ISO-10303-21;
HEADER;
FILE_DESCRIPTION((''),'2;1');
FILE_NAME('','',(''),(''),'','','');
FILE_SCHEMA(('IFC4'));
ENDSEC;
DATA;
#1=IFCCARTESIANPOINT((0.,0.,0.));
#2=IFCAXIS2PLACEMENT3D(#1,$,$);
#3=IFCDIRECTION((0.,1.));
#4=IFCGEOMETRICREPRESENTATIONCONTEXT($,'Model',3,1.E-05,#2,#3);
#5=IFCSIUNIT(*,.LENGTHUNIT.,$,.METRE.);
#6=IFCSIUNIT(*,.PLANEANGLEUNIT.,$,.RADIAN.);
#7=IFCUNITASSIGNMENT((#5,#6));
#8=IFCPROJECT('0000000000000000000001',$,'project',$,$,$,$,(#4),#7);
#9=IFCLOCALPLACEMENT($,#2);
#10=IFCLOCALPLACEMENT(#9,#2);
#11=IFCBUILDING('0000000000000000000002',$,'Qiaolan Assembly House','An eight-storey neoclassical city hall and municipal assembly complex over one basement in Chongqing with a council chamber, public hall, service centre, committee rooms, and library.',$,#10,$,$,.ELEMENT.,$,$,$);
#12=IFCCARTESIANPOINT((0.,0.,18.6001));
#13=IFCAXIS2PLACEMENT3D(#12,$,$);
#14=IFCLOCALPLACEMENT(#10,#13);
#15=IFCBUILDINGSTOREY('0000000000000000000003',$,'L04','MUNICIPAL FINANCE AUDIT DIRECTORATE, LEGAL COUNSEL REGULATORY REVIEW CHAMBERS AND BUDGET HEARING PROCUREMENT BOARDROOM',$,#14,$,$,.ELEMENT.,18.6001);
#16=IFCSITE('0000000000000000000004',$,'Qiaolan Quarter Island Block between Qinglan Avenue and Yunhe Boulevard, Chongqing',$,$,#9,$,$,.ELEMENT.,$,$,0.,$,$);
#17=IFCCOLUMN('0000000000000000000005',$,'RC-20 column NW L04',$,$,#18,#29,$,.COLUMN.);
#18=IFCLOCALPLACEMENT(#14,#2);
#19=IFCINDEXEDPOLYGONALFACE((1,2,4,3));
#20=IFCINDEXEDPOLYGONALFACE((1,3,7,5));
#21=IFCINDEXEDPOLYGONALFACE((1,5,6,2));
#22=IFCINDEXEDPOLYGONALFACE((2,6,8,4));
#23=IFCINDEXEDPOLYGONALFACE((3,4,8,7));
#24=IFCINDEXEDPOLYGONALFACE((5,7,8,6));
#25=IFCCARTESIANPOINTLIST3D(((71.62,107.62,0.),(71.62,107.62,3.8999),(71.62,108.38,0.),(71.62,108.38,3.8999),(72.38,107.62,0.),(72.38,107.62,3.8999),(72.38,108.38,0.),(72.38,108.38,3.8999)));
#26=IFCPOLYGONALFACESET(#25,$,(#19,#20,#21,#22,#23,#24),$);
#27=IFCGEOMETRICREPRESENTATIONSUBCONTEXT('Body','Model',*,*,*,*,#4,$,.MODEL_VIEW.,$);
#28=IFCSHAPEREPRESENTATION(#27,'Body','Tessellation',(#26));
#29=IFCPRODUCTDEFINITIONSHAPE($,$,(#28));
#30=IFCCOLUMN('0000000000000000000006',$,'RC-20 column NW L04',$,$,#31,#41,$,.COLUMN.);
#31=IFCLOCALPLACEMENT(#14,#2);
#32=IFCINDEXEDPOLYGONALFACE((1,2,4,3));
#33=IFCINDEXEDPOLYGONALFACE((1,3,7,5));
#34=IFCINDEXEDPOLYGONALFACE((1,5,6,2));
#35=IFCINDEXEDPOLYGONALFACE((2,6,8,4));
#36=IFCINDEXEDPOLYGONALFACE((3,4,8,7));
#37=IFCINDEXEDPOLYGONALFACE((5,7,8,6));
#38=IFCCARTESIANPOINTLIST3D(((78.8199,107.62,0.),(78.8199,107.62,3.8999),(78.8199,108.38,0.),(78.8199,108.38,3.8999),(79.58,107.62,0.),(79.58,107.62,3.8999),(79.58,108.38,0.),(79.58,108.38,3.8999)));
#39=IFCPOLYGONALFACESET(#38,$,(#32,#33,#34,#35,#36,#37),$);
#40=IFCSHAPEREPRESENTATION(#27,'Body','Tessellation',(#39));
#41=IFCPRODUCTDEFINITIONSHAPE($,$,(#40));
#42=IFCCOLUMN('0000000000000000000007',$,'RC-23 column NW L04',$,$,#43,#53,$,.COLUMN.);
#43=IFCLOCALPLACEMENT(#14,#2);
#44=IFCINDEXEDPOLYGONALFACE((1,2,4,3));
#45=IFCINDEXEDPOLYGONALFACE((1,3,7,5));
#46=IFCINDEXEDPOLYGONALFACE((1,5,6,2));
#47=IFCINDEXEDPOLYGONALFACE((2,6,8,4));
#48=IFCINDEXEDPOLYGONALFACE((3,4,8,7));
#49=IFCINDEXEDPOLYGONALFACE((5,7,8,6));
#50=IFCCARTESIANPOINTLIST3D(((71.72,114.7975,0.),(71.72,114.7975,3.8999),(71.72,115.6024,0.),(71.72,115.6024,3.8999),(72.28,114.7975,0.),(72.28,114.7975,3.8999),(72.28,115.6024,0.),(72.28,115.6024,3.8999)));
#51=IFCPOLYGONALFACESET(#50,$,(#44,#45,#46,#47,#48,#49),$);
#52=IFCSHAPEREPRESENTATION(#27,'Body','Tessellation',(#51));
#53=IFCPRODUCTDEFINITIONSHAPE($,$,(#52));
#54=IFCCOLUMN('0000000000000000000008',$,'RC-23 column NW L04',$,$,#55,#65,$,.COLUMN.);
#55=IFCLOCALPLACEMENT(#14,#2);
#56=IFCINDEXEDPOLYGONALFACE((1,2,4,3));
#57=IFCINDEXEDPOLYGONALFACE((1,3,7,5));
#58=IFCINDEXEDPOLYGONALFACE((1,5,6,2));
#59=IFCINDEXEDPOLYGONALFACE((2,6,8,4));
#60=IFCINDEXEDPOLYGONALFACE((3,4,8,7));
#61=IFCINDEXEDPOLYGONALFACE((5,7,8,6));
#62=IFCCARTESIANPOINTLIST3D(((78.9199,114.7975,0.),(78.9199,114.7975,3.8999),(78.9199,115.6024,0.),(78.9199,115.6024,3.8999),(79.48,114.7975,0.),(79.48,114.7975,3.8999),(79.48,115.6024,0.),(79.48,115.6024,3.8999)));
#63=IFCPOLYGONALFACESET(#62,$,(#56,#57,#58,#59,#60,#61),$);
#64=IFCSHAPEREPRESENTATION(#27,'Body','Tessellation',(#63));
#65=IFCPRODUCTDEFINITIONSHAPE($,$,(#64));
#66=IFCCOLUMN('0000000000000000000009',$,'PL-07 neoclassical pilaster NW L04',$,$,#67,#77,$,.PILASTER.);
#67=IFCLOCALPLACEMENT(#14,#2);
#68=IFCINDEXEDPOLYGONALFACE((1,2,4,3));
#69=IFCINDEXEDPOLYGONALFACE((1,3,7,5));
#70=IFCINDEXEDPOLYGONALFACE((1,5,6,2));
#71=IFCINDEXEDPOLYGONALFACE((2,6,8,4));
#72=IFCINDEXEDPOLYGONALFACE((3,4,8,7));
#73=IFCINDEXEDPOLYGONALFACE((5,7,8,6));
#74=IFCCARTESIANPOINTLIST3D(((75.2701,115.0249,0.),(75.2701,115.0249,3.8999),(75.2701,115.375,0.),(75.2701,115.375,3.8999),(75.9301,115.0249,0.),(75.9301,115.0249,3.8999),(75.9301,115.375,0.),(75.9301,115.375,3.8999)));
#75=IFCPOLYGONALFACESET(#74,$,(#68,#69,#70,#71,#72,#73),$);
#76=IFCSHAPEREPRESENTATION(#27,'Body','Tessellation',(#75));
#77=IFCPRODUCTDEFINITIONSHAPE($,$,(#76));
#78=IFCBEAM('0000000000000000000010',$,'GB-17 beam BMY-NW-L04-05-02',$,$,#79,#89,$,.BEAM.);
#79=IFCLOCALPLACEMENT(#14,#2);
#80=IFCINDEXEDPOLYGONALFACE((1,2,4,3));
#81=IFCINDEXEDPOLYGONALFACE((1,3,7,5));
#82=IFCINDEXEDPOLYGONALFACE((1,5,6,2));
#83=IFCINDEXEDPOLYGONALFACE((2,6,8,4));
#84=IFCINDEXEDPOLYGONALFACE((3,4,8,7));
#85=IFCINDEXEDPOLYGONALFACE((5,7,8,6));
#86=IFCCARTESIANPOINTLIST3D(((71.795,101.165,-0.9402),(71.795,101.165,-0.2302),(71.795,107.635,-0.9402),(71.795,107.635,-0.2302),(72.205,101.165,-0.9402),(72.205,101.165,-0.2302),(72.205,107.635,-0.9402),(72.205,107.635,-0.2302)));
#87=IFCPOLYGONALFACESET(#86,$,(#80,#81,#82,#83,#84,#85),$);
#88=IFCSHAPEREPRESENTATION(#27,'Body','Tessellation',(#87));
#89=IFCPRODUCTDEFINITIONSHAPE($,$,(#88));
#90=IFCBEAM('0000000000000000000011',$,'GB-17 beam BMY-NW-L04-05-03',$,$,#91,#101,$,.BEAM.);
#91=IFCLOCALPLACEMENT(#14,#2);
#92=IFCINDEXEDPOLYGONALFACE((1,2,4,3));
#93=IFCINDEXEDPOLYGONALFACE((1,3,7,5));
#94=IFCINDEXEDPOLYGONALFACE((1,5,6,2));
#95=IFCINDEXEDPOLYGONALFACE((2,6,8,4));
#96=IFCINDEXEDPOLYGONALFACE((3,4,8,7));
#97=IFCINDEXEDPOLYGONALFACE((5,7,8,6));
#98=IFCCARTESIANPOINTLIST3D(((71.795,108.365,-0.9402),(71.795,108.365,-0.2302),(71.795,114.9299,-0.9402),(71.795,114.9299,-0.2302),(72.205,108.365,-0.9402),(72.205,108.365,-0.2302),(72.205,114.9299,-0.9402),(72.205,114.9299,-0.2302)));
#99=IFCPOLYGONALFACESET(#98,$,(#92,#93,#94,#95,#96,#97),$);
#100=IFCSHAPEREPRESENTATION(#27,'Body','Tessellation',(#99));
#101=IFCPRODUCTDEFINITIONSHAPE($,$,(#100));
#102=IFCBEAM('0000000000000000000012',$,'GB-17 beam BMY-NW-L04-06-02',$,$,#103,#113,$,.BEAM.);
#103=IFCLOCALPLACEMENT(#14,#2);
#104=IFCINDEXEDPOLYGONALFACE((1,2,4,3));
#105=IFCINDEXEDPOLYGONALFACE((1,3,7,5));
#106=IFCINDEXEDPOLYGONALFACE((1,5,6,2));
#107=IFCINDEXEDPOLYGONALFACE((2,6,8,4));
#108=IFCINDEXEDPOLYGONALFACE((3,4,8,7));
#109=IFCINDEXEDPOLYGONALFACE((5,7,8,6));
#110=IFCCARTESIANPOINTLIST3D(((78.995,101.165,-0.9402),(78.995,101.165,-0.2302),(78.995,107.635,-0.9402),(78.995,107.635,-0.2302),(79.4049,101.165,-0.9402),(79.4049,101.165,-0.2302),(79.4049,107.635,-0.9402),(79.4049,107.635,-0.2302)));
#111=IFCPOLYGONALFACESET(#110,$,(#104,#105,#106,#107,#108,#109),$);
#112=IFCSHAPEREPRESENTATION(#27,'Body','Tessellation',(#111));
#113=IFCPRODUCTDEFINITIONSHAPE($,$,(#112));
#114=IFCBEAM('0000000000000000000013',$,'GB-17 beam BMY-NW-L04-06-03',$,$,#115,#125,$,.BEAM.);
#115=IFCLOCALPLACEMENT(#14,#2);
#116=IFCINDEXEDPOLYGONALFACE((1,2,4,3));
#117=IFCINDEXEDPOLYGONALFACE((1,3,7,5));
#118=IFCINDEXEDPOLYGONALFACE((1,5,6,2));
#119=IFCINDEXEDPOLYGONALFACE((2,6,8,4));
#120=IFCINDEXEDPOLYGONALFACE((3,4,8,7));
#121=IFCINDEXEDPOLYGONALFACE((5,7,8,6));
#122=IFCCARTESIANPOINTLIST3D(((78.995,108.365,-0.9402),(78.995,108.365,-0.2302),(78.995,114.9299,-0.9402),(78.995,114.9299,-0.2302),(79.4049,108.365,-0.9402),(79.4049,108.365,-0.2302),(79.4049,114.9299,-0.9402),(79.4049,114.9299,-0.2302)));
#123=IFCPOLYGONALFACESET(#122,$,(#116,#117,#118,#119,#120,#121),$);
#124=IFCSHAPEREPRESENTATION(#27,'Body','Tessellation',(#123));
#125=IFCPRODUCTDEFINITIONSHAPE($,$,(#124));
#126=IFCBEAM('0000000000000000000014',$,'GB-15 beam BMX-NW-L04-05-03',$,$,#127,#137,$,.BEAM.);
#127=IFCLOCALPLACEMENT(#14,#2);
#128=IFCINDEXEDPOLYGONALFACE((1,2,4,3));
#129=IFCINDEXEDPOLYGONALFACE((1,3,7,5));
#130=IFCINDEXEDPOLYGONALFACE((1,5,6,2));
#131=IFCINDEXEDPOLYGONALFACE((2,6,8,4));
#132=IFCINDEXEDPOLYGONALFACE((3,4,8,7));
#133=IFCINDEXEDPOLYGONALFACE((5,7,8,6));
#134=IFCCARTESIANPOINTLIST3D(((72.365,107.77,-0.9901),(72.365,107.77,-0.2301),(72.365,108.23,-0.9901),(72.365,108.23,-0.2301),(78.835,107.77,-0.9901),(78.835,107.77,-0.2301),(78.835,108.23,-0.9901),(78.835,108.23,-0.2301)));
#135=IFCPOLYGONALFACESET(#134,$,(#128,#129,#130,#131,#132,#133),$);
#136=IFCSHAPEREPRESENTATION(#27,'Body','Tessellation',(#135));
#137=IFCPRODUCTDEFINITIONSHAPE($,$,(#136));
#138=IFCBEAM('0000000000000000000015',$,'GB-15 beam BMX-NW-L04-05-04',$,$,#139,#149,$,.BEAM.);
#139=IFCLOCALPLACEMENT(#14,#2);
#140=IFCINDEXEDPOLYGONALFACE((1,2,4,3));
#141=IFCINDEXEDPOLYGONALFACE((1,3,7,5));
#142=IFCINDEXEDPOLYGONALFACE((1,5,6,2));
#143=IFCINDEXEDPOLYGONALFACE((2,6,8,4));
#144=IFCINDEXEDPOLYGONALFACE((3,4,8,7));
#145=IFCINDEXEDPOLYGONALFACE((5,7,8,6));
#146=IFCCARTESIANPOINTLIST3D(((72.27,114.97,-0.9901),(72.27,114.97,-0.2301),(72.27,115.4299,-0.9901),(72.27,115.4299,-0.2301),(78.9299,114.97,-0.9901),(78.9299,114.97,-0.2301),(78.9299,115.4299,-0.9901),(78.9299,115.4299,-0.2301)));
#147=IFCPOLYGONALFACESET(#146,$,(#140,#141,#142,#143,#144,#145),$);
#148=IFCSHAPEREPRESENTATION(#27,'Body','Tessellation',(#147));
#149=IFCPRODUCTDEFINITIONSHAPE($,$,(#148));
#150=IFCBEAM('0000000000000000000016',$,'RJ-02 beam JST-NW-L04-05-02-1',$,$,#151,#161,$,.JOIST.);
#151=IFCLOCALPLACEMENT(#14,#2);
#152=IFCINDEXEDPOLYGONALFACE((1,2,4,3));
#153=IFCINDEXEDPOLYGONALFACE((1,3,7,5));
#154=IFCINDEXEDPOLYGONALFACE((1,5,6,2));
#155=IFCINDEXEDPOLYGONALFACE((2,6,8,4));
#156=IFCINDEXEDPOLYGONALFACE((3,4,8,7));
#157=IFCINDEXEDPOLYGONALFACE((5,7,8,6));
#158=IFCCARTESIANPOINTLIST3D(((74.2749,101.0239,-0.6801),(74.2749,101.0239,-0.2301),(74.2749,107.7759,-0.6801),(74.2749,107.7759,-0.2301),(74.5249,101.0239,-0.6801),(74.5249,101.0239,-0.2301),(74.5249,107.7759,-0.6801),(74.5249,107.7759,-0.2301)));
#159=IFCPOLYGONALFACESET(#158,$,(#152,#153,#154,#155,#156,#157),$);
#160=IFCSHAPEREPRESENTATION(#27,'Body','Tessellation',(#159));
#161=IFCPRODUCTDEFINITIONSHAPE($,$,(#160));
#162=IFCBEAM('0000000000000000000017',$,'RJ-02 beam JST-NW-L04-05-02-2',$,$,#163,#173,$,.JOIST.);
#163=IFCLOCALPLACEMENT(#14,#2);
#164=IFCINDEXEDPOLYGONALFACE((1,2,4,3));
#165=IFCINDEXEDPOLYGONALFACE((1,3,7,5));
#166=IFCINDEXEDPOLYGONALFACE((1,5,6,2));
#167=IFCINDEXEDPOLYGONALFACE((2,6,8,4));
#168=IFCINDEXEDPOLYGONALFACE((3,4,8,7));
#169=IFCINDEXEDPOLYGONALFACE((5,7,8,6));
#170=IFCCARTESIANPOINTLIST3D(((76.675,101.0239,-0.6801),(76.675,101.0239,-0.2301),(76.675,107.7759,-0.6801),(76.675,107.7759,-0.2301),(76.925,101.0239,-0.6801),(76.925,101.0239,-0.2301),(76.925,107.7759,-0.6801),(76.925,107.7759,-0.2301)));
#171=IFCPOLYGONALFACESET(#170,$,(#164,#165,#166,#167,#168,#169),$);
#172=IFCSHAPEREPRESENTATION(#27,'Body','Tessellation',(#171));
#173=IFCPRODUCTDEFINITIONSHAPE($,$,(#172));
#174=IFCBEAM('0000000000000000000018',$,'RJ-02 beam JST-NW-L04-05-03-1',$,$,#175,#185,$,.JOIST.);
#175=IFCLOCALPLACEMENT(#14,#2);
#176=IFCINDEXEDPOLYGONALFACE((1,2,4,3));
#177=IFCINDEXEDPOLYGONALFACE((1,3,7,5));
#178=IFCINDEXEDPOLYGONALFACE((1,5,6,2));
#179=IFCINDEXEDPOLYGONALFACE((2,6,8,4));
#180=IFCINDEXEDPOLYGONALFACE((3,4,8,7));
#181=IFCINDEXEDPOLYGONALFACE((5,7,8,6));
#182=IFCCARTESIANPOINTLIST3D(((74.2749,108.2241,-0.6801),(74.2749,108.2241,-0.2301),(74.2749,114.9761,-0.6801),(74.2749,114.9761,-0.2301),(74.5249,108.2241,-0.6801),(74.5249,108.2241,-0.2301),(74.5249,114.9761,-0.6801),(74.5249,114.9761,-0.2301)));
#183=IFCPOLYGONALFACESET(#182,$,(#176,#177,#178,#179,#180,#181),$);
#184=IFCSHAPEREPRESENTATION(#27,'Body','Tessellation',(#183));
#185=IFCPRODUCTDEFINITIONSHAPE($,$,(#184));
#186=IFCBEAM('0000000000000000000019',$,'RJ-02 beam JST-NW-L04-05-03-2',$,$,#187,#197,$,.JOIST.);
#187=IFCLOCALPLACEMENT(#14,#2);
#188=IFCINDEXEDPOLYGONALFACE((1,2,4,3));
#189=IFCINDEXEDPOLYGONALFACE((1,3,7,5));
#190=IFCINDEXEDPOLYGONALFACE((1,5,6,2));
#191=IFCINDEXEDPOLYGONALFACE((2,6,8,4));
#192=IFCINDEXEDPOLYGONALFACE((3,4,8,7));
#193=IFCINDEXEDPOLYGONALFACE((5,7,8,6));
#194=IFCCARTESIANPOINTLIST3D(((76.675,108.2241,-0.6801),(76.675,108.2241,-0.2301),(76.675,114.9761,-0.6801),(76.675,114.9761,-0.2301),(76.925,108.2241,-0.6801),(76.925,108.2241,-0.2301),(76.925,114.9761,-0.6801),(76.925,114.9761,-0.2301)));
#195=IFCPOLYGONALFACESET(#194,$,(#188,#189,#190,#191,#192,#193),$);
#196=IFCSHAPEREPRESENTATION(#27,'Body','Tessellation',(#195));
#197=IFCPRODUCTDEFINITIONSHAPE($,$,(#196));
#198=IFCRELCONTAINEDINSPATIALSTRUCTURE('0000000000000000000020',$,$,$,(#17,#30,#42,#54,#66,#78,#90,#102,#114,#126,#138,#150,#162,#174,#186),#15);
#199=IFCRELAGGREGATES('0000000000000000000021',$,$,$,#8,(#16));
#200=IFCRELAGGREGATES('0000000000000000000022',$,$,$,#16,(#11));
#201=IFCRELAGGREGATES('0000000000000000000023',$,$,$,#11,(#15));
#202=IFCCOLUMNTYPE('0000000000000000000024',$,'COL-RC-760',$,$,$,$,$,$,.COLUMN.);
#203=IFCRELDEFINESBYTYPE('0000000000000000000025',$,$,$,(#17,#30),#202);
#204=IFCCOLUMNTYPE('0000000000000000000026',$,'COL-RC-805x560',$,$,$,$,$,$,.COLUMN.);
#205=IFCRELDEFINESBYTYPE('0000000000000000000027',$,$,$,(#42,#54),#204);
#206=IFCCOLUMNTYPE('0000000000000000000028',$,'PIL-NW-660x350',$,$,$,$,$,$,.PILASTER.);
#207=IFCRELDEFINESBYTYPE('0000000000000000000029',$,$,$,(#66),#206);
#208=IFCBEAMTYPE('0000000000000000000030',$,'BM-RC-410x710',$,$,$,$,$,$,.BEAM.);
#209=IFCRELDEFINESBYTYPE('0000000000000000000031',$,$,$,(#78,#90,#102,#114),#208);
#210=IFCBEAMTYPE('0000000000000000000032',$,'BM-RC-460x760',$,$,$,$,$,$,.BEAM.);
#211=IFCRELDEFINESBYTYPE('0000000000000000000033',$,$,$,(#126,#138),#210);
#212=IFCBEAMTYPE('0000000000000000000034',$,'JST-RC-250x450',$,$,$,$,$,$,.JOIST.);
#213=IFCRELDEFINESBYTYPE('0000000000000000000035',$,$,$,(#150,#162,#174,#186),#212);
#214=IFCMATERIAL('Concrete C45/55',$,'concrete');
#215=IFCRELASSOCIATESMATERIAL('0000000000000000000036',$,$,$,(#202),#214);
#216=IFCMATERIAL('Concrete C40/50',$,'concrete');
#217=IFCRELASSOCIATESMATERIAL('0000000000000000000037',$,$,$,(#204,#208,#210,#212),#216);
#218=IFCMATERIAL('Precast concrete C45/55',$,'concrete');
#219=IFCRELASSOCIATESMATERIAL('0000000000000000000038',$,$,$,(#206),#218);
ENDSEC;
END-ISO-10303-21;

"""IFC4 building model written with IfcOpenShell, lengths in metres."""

from ifc_helpers import new_model, si_unit, direction, frame, origin, origin_2d, place, context, subcontext, project, spatial, rectangle, extrude, material, material_profile, profile_set, type_object, element, save


model = new_model("IFC4")

# Units and contexts
model_context = context("Model", 3, precision=1e-05, world=origin(), true_north=direction((0.0, 1.0)))
body_context = subcontext(model_context, "Body", "Model", "MODEL_VIEW")
ifc_project = project(units=[si_unit("LENGTHUNIT", "METRE"), si_unit("PLANEANGLEUNIT", "RADIAN")], contexts=[model_context])

# Site, building, storey
site_placement = place(None, origin())
site = spatial("IfcSite", under=ifc_project, at=site_placement, Name="Qiaolan Quarter Island Block between Qinglan Avenue and Yunhe Boulevard, Chongqing", CompositionType="ELEMENT", RefElevation=0.0)
building_placement = place(site_placement, origin())
building = spatial("IfcBuilding", under=site, at=building_placement, Name="Qiaolan Assembly House", Description="An eight-storey neoclassical city hall and municipal assembly complex over one basement in Chongqing with a council chamber, public hall, service centre, committee rooms, and library.", CompositionType="ELEMENT")
storey_placement = place(building_placement, frame((0.0, 0.0, 18.6001)))
storey = spatial("IfcBuildingStorey", under=building, at=storey_placement, Name="L04", Description="MUNICIPAL FINANCE AUDIT DIRECTORATE, LEGAL COUNSEL REGULATORY REVIEW CHAMBERS AND BUDGET HEARING PROCUREMENT BOARDROOM", CompositionType="ELEMENT", Elevation=18.6001)

# Columns
ifc_material_1 = material(Name="Concrete C45/55", Category="concrete")
ifc_material_profile_1 = material_profile(ifc_material_1, rectangle(XDim=0.76, YDim=0.76, at=origin_2d()), Name="RC 760x760")
ifc_profile_set_1 = profile_set([ifc_material_profile_1], Name="Concrete C45/55")
column_type_1 = type_object("IfcColumnType", Name="COL-RC-760", PredefinedType="COLUMN", material=ifc_profile_set_1)
for number, where, z_axis, x_axis, name in (
    (1, (72.0, 108.0, 0.0), (0.0, 0.0, 1.0), (1.0, 0.0, 0.0), "RC-20 column NW L04"),
    (2, (79.2, 108.0, 0.0), (0.0, 0.0, 1.0), (1.0, 0.0, 0.0), "RC-20 column NW L04"),
):
    element("IfcColumn", number, at=place(storey_placement, frame(where, z_axis=z_axis, x_axis=x_axis)), inside=storey, type_object=column_type_1, Name=name, PredefinedType="COLUMN", context=body_context, shape_type="SweptSolid", body=[
        extrude(rectangle(XDim=0.76, YDim=0.76, at=origin_2d()), origin(), (0.0, 0.0, 1.0), 3.8999),
    ])
ifc_material_2 = material(Name="Concrete C40/50", Category="concrete")
ifc_material_profile_2 = material_profile(ifc_material_2, rectangle(XDim=0.5601, YDim=0.8049, at=origin_2d()), Name="RC 805x560")
ifc_profile_set_2 = profile_set([ifc_material_profile_2], Name="Concrete C40/50")
column_type_2 = type_object("IfcColumnType", Name="COL-RC-805x560", PredefinedType="COLUMN", material=ifc_profile_set_2)
for number, where, z_axis, x_axis, name in (
    (3, (72.0, 115.2, 0.0), (0.0, 0.0, 1.0), (1.0, 0.0, 0.0), "RC-23 column NW L04"),
    (4, (79.2, 115.2, 0.0), (0.0, 0.0, 1.0), (1.0, 0.0, 0.0), "RC-23 column NW L04"),
):
    element("IfcColumn", number, at=place(storey_placement, frame(where, z_axis=z_axis, x_axis=x_axis)), inside=storey, type_object=column_type_2, Name=name, PredefinedType="COLUMN", context=body_context, shape_type="SweptSolid", body=[
        extrude(rectangle(XDim=0.5601, YDim=0.8049, at=origin_2d()), origin(), (0.0, 0.0, 1.0), 3.8999),
    ])
ifc_material_3 = material(Name="Precast concrete C45/55", Category="concrete")
ifc_material_profile_3 = material_profile(ifc_material_3, rectangle(XDim=0.6599, YDim=0.3501, at=origin_2d()), Name="PIL 660x350")
ifc_profile_set_3 = profile_set([ifc_material_profile_3], Name="Precast concrete C45/55")
column_type_3 = type_object("IfcColumnType", Name="PIL-NW-660x350", PredefinedType="PILASTER", material=ifc_profile_set_3)
column_placement = place(storey_placement, frame((75.6001, 115.2, 0.0), z_axis=(0.0, 0.0, 1.0), x_axis=(1.0, 0.0, 0.0)))
element("IfcColumn", 5, at=column_placement, inside=storey, type_object=column_type_3, Name="PL-07 neoclassical pilaster NW L04", PredefinedType="PILASTER", context=body_context, shape_type="SweptSolid", body=[
    extrude(rectangle(XDim=0.6599, YDim=0.3501, at=origin_2d()), origin(), (0.0, 0.0, 1.0), 3.8999),
])

# Beams
ifc_material_profile_4 = material_profile(ifc_material_2, rectangle(XDim=0.4099, YDim=0.71, at=origin_2d()), Name="RCB 410x710")
ifc_profile_set_4 = profile_set([ifc_material_profile_4], Name="Concrete C40/50")
beam_type_1 = type_object("IfcBeamType", Name="BM-RC-410x710", PredefinedType="BEAM", material=ifc_profile_set_4)
beam_1_placement = place(storey_placement, frame((72.0, 101.165, -0.5852), z_axis=(0.0, 1.0, 0.0), x_axis=(-1.0, 0.0, 0.0)))
element("IfcBeam", 6, at=beam_1_placement, inside=storey, type_object=beam_type_1, Name="GB-17 beam BMY-NW-L04-05-02", PredefinedType="BEAM", context=body_context, shape_type="SweptSolid", body=[
    extrude(rectangle(XDim=0.4099, YDim=0.71, at=origin_2d()), origin(), (0.0, 0.0, 1.0), 6.47),
])
beam_2_placement = place(storey_placement, frame((72.0, 108.365, -0.5852), z_axis=(0.0, 1.0, 0.0), x_axis=(-1.0, 0.0, 0.0)))
element("IfcBeam", 7, at=beam_2_placement, inside=storey, type_object=beam_type_1, Name="GB-17 beam BMY-NW-L04-05-03", PredefinedType="BEAM", context=body_context, shape_type="SweptSolid", body=[
    extrude(rectangle(XDim=0.4099, YDim=0.71, at=origin_2d()), origin(), (0.0, 0.0, 1.0), 6.5649),
])
beam_3_placement = place(storey_placement, frame((79.2, 101.165, -0.5852), z_axis=(0.0, 1.0, 0.0), x_axis=(-1.0, 0.0, 0.0)))
element("IfcBeam", 8, at=beam_3_placement, inside=storey, type_object=beam_type_1, Name="GB-17 beam BMY-NW-L04-06-02", PredefinedType="BEAM", context=body_context, shape_type="SweptSolid", body=[
    extrude(rectangle(XDim=0.4099, YDim=0.71, at=origin_2d()), origin(), (0.0, 0.0, 1.0), 6.47),
])
beam_4_placement = place(storey_placement, frame((79.2, 108.365, -0.5852), z_axis=(0.0, 1.0, 0.0), x_axis=(-1.0, 0.0, 0.0)))
element("IfcBeam", 9, at=beam_4_placement, inside=storey, type_object=beam_type_1, Name="GB-17 beam BMY-NW-L04-06-03", PredefinedType="BEAM", context=body_context, shape_type="SweptSolid", body=[
    extrude(rectangle(XDim=0.4099, YDim=0.71, at=origin_2d()), origin(), (0.0, 0.0, 1.0), 6.5649),
])
ifc_material_profile_5 = material_profile(ifc_material_2, rectangle(XDim=0.46, YDim=0.76, at=origin_2d()), Name="RCB 460x760")
ifc_profile_set_5 = profile_set([ifc_material_profile_5], Name="Concrete C40/50")
beam_type_2 = type_object("IfcBeamType", Name="BM-RC-460x760", PredefinedType="BEAM", material=ifc_profile_set_5)
beam_5_placement = place(storey_placement, frame((72.365, 108.0, -0.6101), z_axis=(1.0, 0.0, 0.0), x_axis=(0.0, 1.0, 0.0)))
element("IfcBeam", 10, at=beam_5_placement, inside=storey, type_object=beam_type_2, Name="GB-15 beam BMX-NW-L04-05-03", PredefinedType="BEAM", context=body_context, shape_type="SweptSolid", body=[
    extrude(rectangle(XDim=0.46, YDim=0.76, at=origin_2d()), origin(), (0.0, 0.0, 1.0), 6.47),
])
beam_6_placement = place(storey_placement, frame((72.27, 115.2, -0.6101), z_axis=(1.0, 0.0, 0.0), x_axis=(0.0, 1.0, 0.0)))
element("IfcBeam", 11, at=beam_6_placement, inside=storey, type_object=beam_type_2, Name="GB-15 beam BMX-NW-L04-05-04", PredefinedType="BEAM", context=body_context, shape_type="SweptSolid", body=[
    extrude(rectangle(XDim=0.46, YDim=0.76, at=origin_2d()), origin(), (0.0, 0.0, 1.0), 6.6599),
])
ifc_material_profile_6 = material_profile(ifc_material_2, rectangle(XDim=0.25, YDim=0.45, at=origin_2d()), Name="RCB 250x450")
ifc_profile_set_6 = profile_set([ifc_material_profile_6], Name="Concrete C40/50")
beam_type_3 = type_object("IfcBeamType", Name="JST-RC-250x450", PredefinedType="JOIST", material=ifc_profile_set_6)
for number, where, z_axis, x_axis, name in (
    (12, (74.3999, 101.0239, -0.4551), (0.0, 1.0, 0.0), (-1.0, 0.0, 0.0), "RJ-02 beam JST-NW-L04-05-02-1"),
    (13, (76.8, 101.0239, -0.4551), (0.0, 1.0, 0.0), (-1.0, 0.0, 0.0), "RJ-02 beam JST-NW-L04-05-02-2"),
    (14, (74.3999, 108.2241, -0.4551), (0.0, 1.0, 0.0), (-1.0, 0.0, 0.0), "RJ-02 beam JST-NW-L04-05-03-1"),
    (15, (76.8, 108.2241, -0.4551), (0.0, 1.0, 0.0), (-1.0, 0.0, 0.0), "RJ-02 beam JST-NW-L04-05-03-2"),
):
    element("IfcBeam", number, at=place(storey_placement, frame(where, z_axis=z_axis, x_axis=x_axis)), inside=storey, type_object=beam_type_3, Name=name, PredefinedType="JOIST", context=body_context, shape_type="SweptSolid", body=[
        extrude(rectangle(XDim=0.25, YDim=0.45, at=origin_2d()), origin(), (0.0, 0.0, 1.0), 6.752),
    ])

save(model, "model.ifc")
